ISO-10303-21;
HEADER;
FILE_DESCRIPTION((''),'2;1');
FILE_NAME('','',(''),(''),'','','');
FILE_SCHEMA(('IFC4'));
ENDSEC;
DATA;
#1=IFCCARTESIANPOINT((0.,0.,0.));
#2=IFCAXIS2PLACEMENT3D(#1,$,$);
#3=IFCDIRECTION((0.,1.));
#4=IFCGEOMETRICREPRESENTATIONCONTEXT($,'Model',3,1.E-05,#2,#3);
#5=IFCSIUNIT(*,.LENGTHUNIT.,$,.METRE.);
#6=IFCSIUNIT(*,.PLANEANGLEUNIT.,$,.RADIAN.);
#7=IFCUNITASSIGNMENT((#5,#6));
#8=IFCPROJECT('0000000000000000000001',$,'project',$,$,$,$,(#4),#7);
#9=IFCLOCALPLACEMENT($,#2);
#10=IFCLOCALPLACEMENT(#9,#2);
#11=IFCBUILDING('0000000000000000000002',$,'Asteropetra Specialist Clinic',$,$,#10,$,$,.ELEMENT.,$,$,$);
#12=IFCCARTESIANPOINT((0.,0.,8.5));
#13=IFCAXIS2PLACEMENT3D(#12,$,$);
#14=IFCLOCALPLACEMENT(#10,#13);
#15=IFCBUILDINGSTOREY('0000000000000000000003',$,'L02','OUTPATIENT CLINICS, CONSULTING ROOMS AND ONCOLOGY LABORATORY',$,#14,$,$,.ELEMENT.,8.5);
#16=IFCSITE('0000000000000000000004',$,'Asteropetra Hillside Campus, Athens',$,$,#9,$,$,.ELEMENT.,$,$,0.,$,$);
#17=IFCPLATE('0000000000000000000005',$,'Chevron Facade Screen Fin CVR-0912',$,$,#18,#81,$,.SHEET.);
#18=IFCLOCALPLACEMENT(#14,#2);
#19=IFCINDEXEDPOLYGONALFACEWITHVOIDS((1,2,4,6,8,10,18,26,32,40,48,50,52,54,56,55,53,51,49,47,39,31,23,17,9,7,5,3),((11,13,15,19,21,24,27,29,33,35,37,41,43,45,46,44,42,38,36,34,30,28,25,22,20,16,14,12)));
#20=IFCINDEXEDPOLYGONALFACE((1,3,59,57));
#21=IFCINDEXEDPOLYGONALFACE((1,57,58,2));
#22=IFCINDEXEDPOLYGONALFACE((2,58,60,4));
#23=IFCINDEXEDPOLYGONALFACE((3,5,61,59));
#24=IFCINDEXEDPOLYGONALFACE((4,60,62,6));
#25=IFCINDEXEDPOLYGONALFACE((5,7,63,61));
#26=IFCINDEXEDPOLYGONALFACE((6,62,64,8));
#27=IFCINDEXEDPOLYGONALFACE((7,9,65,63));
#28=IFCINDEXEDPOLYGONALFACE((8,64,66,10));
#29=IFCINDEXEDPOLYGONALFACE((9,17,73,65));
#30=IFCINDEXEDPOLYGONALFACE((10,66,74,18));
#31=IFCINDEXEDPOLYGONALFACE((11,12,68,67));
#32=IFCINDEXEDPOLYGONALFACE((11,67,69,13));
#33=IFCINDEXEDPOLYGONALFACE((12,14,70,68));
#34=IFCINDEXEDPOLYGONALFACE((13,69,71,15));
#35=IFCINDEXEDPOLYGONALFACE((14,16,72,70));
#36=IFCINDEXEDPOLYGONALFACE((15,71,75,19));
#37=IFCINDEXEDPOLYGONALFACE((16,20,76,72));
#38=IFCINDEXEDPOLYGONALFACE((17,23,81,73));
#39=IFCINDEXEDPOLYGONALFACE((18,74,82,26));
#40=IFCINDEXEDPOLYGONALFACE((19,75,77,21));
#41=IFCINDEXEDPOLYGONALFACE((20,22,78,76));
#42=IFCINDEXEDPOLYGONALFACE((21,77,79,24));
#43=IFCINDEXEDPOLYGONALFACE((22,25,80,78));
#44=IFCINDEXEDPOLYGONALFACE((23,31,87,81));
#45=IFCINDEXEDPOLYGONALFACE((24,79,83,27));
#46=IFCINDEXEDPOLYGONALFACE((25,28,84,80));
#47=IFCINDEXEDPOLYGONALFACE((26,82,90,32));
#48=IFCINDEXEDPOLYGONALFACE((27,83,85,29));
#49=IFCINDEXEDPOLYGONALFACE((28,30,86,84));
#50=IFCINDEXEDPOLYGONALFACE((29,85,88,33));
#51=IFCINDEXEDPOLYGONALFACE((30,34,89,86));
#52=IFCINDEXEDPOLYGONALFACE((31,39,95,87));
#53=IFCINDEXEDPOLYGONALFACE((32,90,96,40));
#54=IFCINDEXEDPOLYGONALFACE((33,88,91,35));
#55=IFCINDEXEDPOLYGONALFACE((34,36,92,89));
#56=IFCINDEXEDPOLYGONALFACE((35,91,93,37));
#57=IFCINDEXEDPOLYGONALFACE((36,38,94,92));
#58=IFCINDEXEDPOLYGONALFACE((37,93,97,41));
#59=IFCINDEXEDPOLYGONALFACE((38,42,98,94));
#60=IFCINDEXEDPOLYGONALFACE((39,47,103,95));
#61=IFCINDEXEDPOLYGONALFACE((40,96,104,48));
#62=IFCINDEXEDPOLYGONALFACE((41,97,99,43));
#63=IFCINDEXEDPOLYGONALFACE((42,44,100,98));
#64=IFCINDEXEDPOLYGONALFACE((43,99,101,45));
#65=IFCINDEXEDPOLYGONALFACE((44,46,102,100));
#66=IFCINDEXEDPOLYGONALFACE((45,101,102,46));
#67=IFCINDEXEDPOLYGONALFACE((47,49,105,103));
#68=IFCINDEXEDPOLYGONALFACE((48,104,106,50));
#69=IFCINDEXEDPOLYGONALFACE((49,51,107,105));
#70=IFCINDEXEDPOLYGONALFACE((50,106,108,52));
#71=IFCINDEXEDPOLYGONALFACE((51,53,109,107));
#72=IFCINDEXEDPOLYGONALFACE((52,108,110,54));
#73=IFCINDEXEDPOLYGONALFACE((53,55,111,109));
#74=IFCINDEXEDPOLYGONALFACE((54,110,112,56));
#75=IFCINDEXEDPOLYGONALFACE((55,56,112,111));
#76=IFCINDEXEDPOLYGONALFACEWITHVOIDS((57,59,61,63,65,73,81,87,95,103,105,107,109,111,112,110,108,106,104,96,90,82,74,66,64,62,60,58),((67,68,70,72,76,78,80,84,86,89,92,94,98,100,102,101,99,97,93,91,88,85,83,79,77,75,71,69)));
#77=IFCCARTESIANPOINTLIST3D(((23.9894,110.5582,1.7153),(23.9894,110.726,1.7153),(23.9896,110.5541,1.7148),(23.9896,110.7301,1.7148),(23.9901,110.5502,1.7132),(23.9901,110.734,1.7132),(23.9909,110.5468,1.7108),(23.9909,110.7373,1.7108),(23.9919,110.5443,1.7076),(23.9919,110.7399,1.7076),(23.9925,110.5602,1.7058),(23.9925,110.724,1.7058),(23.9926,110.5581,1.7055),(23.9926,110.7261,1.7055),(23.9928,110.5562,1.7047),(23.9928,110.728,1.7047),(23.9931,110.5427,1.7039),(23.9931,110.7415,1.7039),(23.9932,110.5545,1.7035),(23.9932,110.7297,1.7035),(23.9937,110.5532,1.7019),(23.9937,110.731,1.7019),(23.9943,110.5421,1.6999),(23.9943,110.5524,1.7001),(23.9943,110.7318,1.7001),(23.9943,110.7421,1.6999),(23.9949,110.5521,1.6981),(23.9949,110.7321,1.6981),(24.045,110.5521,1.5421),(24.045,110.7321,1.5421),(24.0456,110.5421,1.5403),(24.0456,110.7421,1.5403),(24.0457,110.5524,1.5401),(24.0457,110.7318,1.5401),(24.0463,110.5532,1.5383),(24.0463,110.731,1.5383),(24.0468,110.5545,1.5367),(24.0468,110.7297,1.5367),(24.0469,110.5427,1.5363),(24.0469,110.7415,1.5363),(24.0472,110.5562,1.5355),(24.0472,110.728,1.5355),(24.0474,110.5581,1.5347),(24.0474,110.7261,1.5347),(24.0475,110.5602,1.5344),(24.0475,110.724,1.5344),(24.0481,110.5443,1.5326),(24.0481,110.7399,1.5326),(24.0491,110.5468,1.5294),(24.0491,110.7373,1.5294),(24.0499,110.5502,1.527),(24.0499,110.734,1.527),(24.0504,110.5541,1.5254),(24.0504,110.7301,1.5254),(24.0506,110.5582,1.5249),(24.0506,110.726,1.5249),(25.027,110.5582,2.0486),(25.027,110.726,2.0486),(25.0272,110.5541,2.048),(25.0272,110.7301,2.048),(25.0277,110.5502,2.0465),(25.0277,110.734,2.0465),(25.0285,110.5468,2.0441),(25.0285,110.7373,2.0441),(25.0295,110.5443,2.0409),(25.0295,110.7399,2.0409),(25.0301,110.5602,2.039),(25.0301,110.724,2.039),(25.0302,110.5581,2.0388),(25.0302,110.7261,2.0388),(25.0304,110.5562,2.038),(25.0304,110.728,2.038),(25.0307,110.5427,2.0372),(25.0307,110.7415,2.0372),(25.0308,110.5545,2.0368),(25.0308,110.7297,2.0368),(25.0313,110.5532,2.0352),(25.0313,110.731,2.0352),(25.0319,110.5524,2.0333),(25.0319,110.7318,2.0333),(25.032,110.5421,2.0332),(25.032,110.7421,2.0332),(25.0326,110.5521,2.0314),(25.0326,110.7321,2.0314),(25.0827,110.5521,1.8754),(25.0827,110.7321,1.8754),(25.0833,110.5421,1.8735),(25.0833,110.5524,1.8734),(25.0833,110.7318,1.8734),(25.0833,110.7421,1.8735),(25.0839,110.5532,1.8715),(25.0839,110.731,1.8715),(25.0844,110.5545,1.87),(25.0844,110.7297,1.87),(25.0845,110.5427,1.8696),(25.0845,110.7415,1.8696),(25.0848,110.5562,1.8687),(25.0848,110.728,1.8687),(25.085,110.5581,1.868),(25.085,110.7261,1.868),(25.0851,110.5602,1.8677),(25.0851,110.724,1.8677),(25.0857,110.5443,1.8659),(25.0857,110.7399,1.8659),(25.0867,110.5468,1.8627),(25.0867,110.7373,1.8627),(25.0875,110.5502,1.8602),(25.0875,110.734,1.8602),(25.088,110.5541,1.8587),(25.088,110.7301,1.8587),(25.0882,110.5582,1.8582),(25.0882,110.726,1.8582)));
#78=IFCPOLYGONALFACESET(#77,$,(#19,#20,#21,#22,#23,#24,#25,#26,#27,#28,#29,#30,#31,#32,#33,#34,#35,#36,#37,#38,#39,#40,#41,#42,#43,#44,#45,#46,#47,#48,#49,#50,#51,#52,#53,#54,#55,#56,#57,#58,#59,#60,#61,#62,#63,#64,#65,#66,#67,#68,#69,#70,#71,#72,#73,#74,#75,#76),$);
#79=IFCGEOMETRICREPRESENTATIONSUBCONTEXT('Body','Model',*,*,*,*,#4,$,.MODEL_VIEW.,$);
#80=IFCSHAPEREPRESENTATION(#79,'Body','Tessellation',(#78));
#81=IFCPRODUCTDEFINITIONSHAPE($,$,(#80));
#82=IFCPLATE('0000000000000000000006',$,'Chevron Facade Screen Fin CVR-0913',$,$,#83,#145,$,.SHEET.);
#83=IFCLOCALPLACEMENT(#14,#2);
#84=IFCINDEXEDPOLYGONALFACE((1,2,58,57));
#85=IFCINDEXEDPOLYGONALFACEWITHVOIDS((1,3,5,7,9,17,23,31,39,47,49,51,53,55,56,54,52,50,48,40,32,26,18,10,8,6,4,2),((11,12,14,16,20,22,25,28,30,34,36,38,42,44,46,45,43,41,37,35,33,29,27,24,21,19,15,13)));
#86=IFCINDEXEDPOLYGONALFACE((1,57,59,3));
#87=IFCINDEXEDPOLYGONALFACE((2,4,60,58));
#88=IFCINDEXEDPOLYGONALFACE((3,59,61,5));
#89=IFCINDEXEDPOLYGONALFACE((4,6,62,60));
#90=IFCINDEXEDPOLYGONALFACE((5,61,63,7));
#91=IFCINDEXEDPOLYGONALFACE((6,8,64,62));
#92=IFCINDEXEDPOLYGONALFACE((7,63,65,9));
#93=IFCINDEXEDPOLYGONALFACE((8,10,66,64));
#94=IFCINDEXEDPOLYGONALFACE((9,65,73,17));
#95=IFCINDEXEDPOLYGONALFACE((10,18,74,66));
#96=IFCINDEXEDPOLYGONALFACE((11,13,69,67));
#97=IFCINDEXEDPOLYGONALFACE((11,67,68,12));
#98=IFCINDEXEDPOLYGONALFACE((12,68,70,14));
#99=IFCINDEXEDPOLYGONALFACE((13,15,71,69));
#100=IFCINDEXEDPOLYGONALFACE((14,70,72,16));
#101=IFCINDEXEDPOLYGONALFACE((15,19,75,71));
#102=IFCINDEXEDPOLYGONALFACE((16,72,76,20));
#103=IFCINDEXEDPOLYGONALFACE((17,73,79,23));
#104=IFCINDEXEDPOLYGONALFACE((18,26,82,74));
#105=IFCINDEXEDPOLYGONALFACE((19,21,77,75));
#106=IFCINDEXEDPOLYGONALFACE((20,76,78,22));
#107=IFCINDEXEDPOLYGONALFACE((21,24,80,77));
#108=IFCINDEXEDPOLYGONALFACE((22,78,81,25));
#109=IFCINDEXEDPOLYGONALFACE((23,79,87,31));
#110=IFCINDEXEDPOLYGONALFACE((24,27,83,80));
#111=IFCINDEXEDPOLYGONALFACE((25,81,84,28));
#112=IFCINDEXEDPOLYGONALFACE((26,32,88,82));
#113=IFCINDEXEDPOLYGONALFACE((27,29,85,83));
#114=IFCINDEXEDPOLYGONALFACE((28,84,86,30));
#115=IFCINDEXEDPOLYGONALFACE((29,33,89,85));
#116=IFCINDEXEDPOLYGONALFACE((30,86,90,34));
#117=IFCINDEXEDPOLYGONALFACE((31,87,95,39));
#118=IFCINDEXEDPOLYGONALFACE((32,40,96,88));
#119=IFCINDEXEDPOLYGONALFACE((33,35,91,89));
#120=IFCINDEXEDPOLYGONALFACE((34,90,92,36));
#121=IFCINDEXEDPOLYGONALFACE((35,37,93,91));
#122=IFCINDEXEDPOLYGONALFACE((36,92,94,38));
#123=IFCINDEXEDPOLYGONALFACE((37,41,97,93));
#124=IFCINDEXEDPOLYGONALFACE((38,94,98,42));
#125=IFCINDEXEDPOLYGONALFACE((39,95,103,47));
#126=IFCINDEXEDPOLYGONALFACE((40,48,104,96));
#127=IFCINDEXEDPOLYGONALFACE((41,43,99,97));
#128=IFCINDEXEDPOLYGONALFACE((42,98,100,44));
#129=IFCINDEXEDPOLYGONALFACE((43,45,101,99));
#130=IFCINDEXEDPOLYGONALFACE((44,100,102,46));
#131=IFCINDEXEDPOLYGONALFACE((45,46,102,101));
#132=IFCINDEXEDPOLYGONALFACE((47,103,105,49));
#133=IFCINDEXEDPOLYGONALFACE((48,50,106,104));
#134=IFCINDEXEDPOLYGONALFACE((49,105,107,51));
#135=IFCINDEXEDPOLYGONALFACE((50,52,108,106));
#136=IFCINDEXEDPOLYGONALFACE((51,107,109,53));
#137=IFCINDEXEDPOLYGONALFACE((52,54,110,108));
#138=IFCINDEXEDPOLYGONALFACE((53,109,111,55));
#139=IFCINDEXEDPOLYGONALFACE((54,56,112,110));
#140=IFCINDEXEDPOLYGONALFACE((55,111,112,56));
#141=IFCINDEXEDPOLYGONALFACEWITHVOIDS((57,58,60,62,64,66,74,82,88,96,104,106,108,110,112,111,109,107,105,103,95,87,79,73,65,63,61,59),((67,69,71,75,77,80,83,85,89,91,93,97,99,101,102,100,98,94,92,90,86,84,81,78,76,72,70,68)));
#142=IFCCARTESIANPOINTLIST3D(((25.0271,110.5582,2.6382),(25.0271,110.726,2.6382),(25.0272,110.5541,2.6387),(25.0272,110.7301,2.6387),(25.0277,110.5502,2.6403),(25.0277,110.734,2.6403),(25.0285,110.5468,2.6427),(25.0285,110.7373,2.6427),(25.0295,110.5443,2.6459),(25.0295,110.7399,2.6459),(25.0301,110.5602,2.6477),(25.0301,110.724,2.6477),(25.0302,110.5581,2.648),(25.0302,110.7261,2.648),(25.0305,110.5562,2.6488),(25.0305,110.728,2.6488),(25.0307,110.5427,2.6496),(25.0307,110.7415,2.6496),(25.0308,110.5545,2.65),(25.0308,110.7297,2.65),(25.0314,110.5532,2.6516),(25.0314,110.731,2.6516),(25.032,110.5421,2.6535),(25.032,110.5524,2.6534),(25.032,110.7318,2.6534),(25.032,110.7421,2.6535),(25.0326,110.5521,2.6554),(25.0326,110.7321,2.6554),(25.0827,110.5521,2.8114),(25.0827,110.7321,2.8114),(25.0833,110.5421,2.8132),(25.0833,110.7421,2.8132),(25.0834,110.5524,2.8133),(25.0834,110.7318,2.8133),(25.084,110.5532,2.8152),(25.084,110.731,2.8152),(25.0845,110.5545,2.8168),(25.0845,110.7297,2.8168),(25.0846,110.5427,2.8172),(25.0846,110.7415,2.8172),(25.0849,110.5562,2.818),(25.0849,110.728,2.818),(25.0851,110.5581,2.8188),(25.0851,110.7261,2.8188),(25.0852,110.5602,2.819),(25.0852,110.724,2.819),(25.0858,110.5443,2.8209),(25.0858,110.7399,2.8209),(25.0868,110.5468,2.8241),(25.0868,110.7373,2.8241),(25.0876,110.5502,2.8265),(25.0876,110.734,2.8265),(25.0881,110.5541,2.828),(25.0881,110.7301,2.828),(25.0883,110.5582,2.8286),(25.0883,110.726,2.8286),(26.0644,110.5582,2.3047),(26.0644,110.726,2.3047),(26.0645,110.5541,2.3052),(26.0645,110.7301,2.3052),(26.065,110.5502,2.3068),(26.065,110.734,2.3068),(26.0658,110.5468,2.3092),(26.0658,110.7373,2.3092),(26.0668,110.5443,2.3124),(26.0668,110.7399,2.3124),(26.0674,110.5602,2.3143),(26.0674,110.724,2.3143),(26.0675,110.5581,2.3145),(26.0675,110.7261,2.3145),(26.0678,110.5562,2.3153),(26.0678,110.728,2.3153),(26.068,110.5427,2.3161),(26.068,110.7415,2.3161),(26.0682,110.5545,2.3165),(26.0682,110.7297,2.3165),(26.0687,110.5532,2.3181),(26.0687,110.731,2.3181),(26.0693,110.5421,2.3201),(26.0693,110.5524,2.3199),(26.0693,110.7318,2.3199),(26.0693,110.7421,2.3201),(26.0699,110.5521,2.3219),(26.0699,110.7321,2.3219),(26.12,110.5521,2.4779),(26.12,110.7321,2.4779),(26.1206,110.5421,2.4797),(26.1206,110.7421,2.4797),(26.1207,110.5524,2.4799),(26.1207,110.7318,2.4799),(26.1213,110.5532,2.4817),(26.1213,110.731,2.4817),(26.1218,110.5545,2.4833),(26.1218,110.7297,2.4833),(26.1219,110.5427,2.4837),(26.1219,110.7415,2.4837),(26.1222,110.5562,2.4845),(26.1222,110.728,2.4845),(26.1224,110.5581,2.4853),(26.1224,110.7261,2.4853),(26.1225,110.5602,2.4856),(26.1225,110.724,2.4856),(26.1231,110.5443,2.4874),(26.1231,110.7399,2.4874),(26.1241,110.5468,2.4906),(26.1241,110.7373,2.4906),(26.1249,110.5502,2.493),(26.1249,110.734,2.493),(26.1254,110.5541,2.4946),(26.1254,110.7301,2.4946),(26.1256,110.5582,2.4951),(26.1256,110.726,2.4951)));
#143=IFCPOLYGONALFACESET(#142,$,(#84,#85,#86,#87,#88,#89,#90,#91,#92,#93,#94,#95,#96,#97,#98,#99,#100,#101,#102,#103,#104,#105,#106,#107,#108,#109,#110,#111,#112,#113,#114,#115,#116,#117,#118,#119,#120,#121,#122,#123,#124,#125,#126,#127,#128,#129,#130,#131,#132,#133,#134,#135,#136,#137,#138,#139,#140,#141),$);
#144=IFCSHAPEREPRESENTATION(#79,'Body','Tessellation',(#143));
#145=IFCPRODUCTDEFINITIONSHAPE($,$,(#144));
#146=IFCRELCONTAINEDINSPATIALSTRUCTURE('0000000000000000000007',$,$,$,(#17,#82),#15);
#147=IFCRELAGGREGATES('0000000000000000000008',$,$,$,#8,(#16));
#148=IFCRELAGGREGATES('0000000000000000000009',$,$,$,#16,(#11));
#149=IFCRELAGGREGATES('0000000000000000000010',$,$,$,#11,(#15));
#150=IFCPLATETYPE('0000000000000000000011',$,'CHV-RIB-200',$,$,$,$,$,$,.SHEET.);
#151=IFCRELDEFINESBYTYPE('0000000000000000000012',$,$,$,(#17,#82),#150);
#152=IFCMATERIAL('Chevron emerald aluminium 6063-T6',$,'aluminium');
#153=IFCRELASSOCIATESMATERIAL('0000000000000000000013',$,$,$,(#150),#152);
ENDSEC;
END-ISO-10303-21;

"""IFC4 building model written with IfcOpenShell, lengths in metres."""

from ifc_helpers import new_model, si_unit, direction, frame, origin, origin_2d, place, context, subcontext, project, spatial, hollow_rectangle, extrude, material, material_profile, profile_set, type_object, element, save


model = new_model("IFC4")

# Units and contexts
model_context = context("Model", 3, precision=1e-05, world=origin(), true_north=direction((0.0, 1.0)))
body_context = subcontext(model_context, "Body", "Model", "MODEL_VIEW")
ifc_project = project(units=[si_unit("LENGTHUNIT", "METRE"), si_unit("PLANEANGLEUNIT", "RADIAN")], contexts=[model_context])

# Site, building, storey
site_placement = place(None, origin())
site = spatial("IfcSite", under=ifc_project, at=site_placement, Name="Asteropetra Hillside Campus, Athens", CompositionType="ELEMENT", RefElevation=0.0)
building_placement = place(site_placement, origin())
building = spatial("IfcBuilding", under=site, at=building_placement, Name="Asteropetra Specialist Clinic", CompositionType="ELEMENT")
storey_placement = place(building_placement, frame((0.0, 0.0, 8.5)))
storey = spatial("IfcBuildingStorey", under=building, at=storey_placement, Name="L02", Description="OUTPATIENT CLINICS, CONSULTING ROOMS AND ONCOLOGY LABORATORY", CompositionType="ELEMENT", Elevation=8.5)

# Plates
ifc_material = material(Name="Chevron emerald aluminium 6063-T6", Category="aluminium")
ifc_material_profile = material_profile(ifc_material, hollow_rectangle(XDim=0.2, YDim=0.2, WallThickness=0.01, InnerFilletRadius=0.0081, OuterFilletRadius=0.0161, at=origin_2d()), Name="SHS 200x200x10.0")
ifc_profile_set = profile_set([ifc_material_profile], Name="Chevron emerald aluminium 6063-T6")
plate_type = type_object("IfcPlateType", Name="CHV-RIB-200", PredefinedType="SHEET", material=ifc_profile_set)
plate_1_placement = place(storey_placement, frame((25.0576, 110.6421, 1.9534), z_axis=(-0.952098, 0.0, -0.305792), x_axis=(0.0, -1.0, 0.0)))
element("IfcPlate", 1, at=plate_1_placement, inside=storey, type_object=plate_type, Name="Chevron Facade Screen Fin CVR-0912", PredefinedType="SHEET", context=body_context, shape_type="SweptSolid", body=[
    extrude(hollow_rectangle(XDim=0.2, YDim=0.2, WallThickness=0.01, InnerFilletRadius=0.0081, OuterFilletRadius=0.0161, at=origin_2d()), origin(), (0.0, 0.0, 1.0), 1.0898),
])
plate_2_placement = place(storey_placement, frame((26.095, 110.6421, 2.3999), z_axis=(-0.952012, 0.0, 0.30606), x_axis=(0.0, -1.0, 0.0)))
element("IfcPlate", 2, at=plate_2_placement, inside=storey, type_object=plate_type, Name="Chevron Facade Screen Fin CVR-0913", PredefinedType="SHEET", context=body_context, shape_type="SweptSolid", body=[
    extrude(hollow_rectangle(XDim=0.2, YDim=0.2, WallThickness=0.01, InnerFilletRadius=0.0081, OuterFilletRadius=0.0161, at=origin_2d()), origin(), (0.0, 0.0, 1.0), 1.0896),
])

save(model, "model.ifc")
